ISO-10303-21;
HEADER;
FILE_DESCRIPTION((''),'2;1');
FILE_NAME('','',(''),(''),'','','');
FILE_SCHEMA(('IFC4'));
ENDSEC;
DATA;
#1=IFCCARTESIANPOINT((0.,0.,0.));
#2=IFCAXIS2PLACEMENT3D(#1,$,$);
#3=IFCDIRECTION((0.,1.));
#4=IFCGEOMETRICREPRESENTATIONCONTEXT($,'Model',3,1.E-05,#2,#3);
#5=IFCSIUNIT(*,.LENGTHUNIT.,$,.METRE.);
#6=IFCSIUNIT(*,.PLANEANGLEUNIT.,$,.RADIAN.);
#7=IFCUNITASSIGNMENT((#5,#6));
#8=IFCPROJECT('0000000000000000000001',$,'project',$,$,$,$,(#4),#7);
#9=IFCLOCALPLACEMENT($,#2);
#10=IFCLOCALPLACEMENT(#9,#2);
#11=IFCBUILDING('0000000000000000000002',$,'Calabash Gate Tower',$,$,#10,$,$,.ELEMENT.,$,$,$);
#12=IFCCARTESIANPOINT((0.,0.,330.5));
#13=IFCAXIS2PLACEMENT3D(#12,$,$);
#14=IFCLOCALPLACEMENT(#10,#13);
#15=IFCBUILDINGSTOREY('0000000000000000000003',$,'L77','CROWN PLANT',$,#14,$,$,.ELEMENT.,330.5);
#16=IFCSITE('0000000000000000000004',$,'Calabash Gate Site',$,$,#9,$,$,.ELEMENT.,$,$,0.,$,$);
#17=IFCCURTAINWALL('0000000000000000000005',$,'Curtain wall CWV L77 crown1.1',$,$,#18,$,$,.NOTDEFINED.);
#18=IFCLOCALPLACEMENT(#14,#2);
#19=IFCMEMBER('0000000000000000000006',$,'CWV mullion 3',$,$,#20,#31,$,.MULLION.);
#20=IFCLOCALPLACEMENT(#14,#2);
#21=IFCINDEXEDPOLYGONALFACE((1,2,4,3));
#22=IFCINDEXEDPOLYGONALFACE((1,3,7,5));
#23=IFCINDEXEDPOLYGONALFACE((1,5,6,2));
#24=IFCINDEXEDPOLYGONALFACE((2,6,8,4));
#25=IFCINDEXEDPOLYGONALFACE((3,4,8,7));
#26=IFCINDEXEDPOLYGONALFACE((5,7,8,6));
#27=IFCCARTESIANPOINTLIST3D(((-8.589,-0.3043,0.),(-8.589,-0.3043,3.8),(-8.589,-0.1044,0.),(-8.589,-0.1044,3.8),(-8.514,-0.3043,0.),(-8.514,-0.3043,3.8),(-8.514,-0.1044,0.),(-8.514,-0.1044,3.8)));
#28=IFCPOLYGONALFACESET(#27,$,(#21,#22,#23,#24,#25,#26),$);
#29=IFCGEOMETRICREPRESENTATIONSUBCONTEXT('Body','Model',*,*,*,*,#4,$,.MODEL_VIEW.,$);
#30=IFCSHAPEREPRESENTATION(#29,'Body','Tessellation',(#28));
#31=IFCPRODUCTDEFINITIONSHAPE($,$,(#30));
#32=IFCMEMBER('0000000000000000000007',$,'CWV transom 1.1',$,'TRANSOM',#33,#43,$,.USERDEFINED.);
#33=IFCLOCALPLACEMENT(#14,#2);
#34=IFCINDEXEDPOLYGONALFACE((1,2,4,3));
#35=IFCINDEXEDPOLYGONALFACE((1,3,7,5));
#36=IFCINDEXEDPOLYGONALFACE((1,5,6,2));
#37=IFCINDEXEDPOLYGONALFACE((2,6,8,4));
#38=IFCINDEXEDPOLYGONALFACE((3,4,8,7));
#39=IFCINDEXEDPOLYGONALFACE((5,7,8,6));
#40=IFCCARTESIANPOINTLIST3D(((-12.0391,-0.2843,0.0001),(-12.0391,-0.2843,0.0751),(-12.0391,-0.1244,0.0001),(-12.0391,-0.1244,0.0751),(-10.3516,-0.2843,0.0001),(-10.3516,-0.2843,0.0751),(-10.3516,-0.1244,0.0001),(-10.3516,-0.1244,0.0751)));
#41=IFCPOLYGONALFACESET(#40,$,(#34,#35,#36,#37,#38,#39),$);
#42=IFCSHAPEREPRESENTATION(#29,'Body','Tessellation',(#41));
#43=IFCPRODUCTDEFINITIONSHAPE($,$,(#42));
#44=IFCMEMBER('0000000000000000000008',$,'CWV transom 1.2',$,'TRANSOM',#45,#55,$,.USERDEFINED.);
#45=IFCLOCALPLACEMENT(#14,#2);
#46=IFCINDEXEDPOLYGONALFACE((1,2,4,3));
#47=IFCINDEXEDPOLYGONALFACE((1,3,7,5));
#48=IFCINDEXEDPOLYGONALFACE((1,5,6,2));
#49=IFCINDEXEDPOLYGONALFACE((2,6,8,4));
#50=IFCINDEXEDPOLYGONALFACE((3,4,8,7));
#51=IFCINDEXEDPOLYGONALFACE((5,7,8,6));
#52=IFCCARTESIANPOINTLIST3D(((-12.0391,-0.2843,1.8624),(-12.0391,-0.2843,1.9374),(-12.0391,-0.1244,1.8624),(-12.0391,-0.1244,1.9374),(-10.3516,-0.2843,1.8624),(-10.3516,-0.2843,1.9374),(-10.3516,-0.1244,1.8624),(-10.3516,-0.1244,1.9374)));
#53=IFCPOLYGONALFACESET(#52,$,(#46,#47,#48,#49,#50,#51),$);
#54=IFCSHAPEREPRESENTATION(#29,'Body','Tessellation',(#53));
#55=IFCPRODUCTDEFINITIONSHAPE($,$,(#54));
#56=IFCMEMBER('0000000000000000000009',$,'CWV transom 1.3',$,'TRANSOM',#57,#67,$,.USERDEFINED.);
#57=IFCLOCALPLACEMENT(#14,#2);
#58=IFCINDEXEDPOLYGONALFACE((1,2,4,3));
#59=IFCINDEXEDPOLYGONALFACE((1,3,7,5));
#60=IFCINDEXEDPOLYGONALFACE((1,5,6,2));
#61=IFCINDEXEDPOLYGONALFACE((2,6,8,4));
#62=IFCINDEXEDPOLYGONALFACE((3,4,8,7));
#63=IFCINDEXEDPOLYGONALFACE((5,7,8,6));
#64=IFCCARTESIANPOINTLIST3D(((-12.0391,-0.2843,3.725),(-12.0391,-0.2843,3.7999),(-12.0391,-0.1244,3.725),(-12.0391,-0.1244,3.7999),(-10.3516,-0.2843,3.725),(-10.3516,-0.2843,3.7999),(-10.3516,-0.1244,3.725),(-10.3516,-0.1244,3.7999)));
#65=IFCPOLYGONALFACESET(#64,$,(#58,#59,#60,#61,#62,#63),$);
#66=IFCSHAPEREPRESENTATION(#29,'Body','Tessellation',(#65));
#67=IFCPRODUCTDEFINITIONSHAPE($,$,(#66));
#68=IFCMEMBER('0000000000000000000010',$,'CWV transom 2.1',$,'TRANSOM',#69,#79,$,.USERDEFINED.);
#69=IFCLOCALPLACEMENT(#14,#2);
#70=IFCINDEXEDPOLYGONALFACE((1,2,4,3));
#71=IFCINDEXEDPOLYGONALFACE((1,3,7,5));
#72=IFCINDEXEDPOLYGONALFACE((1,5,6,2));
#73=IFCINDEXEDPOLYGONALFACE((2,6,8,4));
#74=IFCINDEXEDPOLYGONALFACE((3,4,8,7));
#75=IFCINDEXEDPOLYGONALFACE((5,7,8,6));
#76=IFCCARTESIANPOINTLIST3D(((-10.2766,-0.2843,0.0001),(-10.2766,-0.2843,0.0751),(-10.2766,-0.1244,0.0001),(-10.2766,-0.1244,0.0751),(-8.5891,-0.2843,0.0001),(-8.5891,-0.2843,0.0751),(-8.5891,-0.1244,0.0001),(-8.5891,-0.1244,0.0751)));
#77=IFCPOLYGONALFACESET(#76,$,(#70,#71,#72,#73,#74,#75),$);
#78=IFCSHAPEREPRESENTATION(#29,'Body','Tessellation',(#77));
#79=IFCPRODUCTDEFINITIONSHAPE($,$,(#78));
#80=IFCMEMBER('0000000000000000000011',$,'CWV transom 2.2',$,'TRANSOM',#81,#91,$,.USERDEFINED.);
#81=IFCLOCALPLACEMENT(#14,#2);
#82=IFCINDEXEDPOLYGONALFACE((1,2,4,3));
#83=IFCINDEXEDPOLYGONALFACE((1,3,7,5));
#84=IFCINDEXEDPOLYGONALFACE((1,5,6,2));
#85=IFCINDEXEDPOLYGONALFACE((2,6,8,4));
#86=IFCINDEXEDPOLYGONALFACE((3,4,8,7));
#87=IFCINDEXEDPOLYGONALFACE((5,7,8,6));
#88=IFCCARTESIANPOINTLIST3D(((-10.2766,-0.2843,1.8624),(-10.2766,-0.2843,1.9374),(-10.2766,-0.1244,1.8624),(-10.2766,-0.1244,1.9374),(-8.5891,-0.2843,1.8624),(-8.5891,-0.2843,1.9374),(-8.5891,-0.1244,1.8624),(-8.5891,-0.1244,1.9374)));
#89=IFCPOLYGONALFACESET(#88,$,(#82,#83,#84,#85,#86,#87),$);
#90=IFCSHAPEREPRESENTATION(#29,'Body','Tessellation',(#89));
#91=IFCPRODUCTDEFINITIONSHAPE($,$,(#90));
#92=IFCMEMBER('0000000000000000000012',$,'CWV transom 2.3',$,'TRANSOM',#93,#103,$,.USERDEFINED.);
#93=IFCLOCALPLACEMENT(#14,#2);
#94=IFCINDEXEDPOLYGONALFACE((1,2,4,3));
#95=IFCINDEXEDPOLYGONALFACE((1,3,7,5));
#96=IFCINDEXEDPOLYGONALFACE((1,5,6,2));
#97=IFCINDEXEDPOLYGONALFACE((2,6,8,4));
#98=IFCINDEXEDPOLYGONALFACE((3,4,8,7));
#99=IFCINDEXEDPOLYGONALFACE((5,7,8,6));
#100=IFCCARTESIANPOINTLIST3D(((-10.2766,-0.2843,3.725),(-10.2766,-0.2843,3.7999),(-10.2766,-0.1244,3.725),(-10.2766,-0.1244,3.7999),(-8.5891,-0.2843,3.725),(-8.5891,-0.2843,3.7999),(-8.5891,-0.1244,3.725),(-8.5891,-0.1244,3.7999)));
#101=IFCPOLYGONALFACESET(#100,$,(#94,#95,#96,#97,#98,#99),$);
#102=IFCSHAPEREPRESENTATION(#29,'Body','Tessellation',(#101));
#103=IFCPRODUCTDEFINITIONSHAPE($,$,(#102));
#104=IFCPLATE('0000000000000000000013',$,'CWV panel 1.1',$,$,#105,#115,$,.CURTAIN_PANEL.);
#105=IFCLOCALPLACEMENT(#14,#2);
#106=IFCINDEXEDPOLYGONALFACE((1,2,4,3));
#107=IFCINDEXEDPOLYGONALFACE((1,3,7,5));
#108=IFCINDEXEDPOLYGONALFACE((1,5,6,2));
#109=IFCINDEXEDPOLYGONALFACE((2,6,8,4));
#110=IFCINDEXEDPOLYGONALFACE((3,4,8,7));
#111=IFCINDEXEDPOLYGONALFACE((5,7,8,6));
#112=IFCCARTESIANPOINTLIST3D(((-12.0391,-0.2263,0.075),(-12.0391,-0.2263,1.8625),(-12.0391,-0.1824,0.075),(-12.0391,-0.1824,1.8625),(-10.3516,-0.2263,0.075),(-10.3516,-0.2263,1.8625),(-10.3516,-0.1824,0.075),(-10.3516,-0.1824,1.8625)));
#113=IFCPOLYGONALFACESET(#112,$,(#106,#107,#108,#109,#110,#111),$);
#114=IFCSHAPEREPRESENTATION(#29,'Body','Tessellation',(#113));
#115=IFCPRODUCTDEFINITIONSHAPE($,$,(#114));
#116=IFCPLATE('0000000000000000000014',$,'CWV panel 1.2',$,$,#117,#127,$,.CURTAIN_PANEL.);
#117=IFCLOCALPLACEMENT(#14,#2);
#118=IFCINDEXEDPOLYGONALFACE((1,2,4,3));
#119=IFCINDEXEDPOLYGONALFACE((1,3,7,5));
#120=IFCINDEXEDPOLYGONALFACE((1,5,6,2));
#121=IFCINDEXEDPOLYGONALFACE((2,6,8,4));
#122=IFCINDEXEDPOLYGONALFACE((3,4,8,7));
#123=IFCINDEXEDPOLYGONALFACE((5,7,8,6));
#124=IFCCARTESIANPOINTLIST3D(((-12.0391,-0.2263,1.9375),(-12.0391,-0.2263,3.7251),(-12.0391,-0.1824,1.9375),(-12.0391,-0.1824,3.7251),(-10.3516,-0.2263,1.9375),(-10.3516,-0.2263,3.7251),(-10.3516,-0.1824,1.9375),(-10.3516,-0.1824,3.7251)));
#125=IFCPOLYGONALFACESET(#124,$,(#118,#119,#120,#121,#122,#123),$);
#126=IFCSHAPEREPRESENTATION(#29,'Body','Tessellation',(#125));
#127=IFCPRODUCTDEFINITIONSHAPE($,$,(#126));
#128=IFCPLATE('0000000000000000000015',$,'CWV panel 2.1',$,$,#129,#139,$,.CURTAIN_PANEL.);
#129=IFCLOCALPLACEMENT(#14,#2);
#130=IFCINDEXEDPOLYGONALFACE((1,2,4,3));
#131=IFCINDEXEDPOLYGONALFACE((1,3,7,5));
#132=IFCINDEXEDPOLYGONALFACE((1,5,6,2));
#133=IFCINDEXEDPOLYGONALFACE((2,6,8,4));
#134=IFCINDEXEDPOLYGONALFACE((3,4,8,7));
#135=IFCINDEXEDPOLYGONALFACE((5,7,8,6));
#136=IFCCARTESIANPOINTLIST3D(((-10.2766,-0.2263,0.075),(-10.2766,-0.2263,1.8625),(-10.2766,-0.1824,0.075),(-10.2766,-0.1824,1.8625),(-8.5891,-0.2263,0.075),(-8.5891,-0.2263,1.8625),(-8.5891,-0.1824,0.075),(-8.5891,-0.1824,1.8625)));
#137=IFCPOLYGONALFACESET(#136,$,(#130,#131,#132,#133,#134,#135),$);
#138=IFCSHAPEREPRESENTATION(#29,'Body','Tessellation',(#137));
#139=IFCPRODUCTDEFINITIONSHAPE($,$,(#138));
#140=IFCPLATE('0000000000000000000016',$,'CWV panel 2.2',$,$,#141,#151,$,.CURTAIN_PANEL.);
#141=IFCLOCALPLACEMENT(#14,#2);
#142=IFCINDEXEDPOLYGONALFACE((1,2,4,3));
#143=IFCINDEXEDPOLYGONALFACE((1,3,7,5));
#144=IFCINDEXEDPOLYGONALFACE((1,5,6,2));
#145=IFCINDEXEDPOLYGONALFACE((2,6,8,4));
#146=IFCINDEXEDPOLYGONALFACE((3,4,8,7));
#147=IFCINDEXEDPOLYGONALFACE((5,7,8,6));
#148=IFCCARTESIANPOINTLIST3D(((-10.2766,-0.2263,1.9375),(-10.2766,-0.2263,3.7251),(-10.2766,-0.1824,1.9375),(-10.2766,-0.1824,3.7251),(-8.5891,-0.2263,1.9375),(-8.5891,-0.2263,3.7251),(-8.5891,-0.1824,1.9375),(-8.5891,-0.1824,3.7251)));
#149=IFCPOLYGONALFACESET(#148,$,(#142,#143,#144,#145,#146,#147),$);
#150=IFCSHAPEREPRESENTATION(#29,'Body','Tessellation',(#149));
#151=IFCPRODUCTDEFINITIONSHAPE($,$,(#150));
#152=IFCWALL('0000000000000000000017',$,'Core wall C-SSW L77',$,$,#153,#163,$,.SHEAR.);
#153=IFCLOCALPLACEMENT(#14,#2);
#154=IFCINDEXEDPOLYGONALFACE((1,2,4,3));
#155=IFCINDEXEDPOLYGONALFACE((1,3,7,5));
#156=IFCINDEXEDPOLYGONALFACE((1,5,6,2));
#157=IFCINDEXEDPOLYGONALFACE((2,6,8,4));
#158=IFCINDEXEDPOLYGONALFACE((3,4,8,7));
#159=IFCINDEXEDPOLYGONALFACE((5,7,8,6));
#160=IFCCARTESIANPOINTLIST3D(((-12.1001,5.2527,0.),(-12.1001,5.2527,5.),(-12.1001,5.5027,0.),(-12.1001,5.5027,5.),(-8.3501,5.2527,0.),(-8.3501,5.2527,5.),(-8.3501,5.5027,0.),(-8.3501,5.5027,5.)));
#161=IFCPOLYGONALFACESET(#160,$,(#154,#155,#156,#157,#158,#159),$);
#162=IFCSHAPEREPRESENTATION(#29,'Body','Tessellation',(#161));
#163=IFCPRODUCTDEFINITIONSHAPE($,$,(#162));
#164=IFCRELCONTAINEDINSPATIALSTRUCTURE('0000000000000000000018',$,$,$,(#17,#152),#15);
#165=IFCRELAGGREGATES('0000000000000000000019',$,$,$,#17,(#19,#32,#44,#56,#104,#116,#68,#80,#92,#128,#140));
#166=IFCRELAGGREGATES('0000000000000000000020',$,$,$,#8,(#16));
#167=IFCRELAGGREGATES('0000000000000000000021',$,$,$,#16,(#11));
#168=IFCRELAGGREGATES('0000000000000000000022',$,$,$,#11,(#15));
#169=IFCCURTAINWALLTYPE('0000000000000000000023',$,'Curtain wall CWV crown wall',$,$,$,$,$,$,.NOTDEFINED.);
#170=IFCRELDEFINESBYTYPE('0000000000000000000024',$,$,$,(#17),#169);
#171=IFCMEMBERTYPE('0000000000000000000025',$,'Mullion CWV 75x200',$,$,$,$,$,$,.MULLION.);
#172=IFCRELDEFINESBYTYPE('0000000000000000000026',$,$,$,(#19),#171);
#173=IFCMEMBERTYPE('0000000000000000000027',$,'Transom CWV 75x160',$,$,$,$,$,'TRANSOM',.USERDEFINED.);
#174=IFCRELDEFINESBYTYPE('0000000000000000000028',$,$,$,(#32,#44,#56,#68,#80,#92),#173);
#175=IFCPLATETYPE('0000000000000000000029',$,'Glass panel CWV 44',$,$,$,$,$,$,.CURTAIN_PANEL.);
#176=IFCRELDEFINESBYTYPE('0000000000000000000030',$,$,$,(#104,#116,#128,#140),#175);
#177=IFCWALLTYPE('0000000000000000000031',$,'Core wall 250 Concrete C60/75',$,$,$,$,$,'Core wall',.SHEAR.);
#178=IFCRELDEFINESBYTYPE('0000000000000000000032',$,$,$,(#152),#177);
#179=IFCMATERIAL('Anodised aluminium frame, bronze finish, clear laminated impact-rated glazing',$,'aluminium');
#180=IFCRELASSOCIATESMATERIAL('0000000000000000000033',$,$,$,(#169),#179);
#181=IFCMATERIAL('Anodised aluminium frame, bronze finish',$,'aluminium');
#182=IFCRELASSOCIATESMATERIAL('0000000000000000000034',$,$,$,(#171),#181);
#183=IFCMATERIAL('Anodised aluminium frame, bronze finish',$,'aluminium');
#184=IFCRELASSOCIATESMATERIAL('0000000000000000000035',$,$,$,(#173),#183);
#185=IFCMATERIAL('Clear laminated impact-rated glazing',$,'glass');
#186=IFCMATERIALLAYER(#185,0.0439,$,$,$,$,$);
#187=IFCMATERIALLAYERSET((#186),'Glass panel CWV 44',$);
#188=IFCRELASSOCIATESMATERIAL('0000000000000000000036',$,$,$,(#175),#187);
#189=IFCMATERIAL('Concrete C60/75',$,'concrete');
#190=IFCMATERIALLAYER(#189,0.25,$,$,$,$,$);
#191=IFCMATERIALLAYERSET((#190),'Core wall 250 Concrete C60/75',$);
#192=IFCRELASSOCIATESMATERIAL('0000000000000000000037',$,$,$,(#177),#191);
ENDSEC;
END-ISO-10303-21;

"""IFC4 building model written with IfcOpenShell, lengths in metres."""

from ifc_helpers import new_model, si_unit, direction, frame, frame_2d, origin, origin_2d, place, context, subcontext, project, spatial, rectangle, extrude, material, layer, layer_set, material_profile, profile_set, type_object, element, aggregate, save


model = new_model("IFC4")

# Units and contexts
model_context = context("Model", 3, precision=1e-05, world=origin(), true_north=direction((0.0, 1.0)))
body_context = subcontext(model_context, "Body", "Model", "MODEL_VIEW")
ifc_project = project(units=[si_unit("LENGTHUNIT", "METRE"), si_unit("PLANEANGLEUNIT", "RADIAN")], contexts=[model_context])

# Site, building, storey
site_placement = place(None, origin())
site = spatial("IfcSite", under=ifc_project, at=site_placement, Name="Calabash Gate Site", CompositionType="ELEMENT", RefElevation=0.0)
building_placement = place(site_placement, origin())
building = spatial("IfcBuilding", under=site, at=building_placement, Name="Calabash Gate Tower", CompositionType="ELEMENT")
storey_placement = place(building_placement, frame((0.0, 0.0, 330.5)))
storey = spatial("IfcBuildingStorey", under=building, at=storey_placement, Name="L77", Description="CROWN PLANT", CompositionType="ELEMENT", Elevation=330.5)

# Curtain wall, members, plates
ifc_material_1 = material(Name="Anodised aluminium frame, bronze finish, clear laminated impact-rated glazing", Category="aluminium")
curtain_wall_type = type_object("IfcCurtainWallType", Name="Curtain wall CWV crown wall", PredefinedType="NOTDEFINED", material=ifc_material_1)
curtain_wall_placement = place(storey_placement, origin())
curtain_wall = element("IfcCurtainWall", 1, at=curtain_wall_placement, inside=storey, type_object=curtain_wall_type, Name="Curtain wall CWV L77 crown1.1", PredefinedType="NOTDEFINED")
ifc_material_2 = material(Name="Anodised aluminium frame, bronze finish", Category="aluminium")
ifc_material_profile_1 = material_profile(ifc_material_2, rectangle(XDim=0.2, YDim=0.075, at=origin_2d()))
ifc_profile_set_1 = profile_set([ifc_material_profile_1], Name="Anodised aluminium frame, bronze finish")
member_type_1 = type_object("IfcMemberType", Name="Mullion CWV 75x200", PredefinedType="MULLION", material=ifc_profile_set_1)
member_1_placement = place(storey_placement, frame((-8.5515, -0.2043, 0.0), z_axis=(0.0, 0.0, 1.0), x_axis=(0.0, 1.0, 0.0)))
member_1 = element("IfcMember", 2, at=member_1_placement, type_object=member_type_1, Name="CWV mullion 3", PredefinedType="MULLION", context=body_context, shape_type="SweptSolid", body=[
    extrude(rectangle(XDim=0.2, YDim=0.075, at=origin_2d()), origin(), (0.0, 0.0, 1.0), 3.8),
])
ifc_material_3 = material(Name="Anodised aluminium frame, bronze finish", Category="aluminium")
ifc_material_profile_2 = material_profile(ifc_material_3, rectangle(XDim=0.1599, YDim=0.075, at=origin_2d()))
ifc_profile_set_2 = profile_set([ifc_material_profile_2], Name="Anodised aluminium frame, bronze finish")
member_type_2 = type_object("IfcMemberType", Name="Transom CWV 75x160", ElementType="TRANSOM", PredefinedType="USERDEFINED", material=ifc_profile_set_2)
member_2_placement = place(storey_placement, frame((-12.0391, -0.2043, 0.0376), z_axis=(1.0, 0.0, 0.0), x_axis=(0.0, 1.0, 0.0)))
member_2 = element("IfcMember", 3, at=member_2_placement, type_object=member_type_2, Name="CWV transom 1.1", ObjectType="TRANSOM", PredefinedType="USERDEFINED", context=body_context, shape_type="SweptSolid", body=[
    extrude(rectangle(XDim=0.1599, YDim=0.075, at=origin_2d()), origin(), (0.0, 0.0, 1.0), 1.6875),
])
member_3_placement = place(storey_placement, frame((-12.0391, -0.2043, 1.8999), z_axis=(1.0, 0.0, 0.0), x_axis=(0.0, 1.0, 0.0)))
member_3 = element("IfcMember", 4, at=member_3_placement, type_object=member_type_2, Name="CWV transom 1.2", ObjectType="TRANSOM", PredefinedType="USERDEFINED", context=body_context, shape_type="SweptSolid", body=[
    extrude(rectangle(XDim=0.1599, YDim=0.075, at=origin_2d()), origin(), (0.0, 0.0, 1.0), 1.6875),
])
member_4_placement = place(storey_placement, frame((-12.0391, -0.2043, 3.7625), z_axis=(1.0, 0.0, 0.0), x_axis=(0.0, 1.0, 0.0)))
member_4 = element("IfcMember", 5, at=member_4_placement, type_object=member_type_2, Name="CWV transom 1.3", ObjectType="TRANSOM", PredefinedType="USERDEFINED", context=body_context, shape_type="SweptSolid", body=[
    extrude(rectangle(XDim=0.1599, YDim=0.075, at=origin_2d()), origin(), (0.0, 0.0, 1.0), 1.6875),
])
member_5_placement = place(storey_placement, frame((-10.2766, -0.2043, 0.0376), z_axis=(1.0, 0.0, 0.0), x_axis=(0.0, 1.0, 0.0)))
member_5 = element("IfcMember", 6, at=member_5_placement, type_object=member_type_2, Name="CWV transom 2.1", ObjectType="TRANSOM", PredefinedType="USERDEFINED", context=body_context, shape_type="SweptSolid", body=[
    extrude(rectangle(XDim=0.1599, YDim=0.075, at=origin_2d()), origin(), (0.0, 0.0, 1.0), 1.6875),
])
member_6_placement = place(storey_placement, frame((-10.2766, -0.2043, 1.8999), z_axis=(1.0, 0.0, 0.0), x_axis=(0.0, 1.0, 0.0)))
member_6 = element("IfcMember", 7, at=member_6_placement, type_object=member_type_2, Name="CWV transom 2.2", ObjectType="TRANSOM", PredefinedType="USERDEFINED", context=body_context, shape_type="SweptSolid", body=[
    extrude(rectangle(XDim=0.1599, YDim=0.075, at=origin_2d()), origin(), (0.0, 0.0, 1.0), 1.6875),
])
member_7_placement = place(storey_placement, frame((-10.2766, -0.2043, 3.7625), z_axis=(1.0, 0.0, 0.0), x_axis=(0.0, 1.0, 0.0)))
member_7 = element("IfcMember", 8, at=member_7_placement, type_object=member_type_2, Name="CWV transom 2.3", ObjectType="TRANSOM", PredefinedType="USERDEFINED", context=body_context, shape_type="SweptSolid", body=[
    extrude(rectangle(XDim=0.1599, YDim=0.075, at=origin_2d()), origin(), (0.0, 0.0, 1.0), 1.6875),
])
ifc_material_4 = material(Name="Clear laminated impact-rated glazing", Category="glass")
ifc_layer_1 = layer(ifc_material_4, 0.0439)
ifc_layer_set_1 = layer_set([ifc_layer_1], Name="Glass panel CWV 44")
plate_type = type_object("IfcPlateType", Name="Glass panel CWV 44", PredefinedType="CURTAIN_PANEL", material=ifc_layer_set_1)
plate_1_placement = place(storey_placement, frame((-11.1953, -0.2043, 0.075), z_axis=(0.0, 0.0, 1.0), x_axis=(1.0, 0.0, 0.0)))
plate_1 = element("IfcPlate", 9, at=plate_1_placement, type_object=plate_type, Name="CWV panel 1.1", PredefinedType="CURTAIN_PANEL", context=body_context, shape_type="SweptSolid", body=[
    extrude(rectangle(XDim=1.6875, YDim=0.0439, at=origin_2d()), origin(), (0.0, 0.0, 1.0), 1.7876),
])
plate_2_placement = place(storey_placement, frame((-11.1953, -0.2043, 1.9375), z_axis=(0.0, 0.0, 1.0), x_axis=(1.0, 0.0, 0.0)))
plate_2 = element("IfcPlate", 10, at=plate_2_placement, type_object=plate_type, Name="CWV panel 1.2", PredefinedType="CURTAIN_PANEL", context=body_context, shape_type="SweptSolid", body=[
    extrude(rectangle(XDim=1.6875, YDim=0.0439, at=origin_2d()), origin(), (0.0, 0.0, 1.0), 1.7876),
])
plate_3_placement = place(storey_placement, frame((-9.4329, -0.2043, 0.075), z_axis=(0.0, 0.0, 1.0), x_axis=(1.0, 0.0, 0.0)))
plate_3 = element("IfcPlate", 11, at=plate_3_placement, type_object=plate_type, Name="CWV panel 2.1", PredefinedType="CURTAIN_PANEL", context=body_context, shape_type="SweptSolid", body=[
    extrude(rectangle(XDim=1.6875, YDim=0.0439, at=origin_2d()), origin(), (0.0, 0.0, 1.0), 1.7876),
])
plate_4_placement = place(storey_placement, frame((-9.4329, -0.2043, 1.9375), z_axis=(0.0, 0.0, 1.0), x_axis=(1.0, 0.0, 0.0)))
plate_4 = element("IfcPlate", 12, at=plate_4_placement, type_object=plate_type, Name="CWV panel 2.2", PredefinedType="CURTAIN_PANEL", context=body_context, shape_type="SweptSolid", body=[
    extrude(rectangle(XDim=1.6875, YDim=0.0439, at=origin_2d()), origin(), (0.0, 0.0, 1.0), 1.7876),
])
aggregate(curtain_wall, [member_1, member_2, member_3, member_4, plate_1, plate_2, member_5, member_6, member_7, plate_3, plate_4])

# Wall
ifc_material_5 = material(Name="Concrete C60/75", Category="concrete")
ifc_layer_2 = layer(ifc_material_5, 0.25)
ifc_layer_set_2 = layer_set([ifc_layer_2], Name="Core wall 250 Concrete C60/75")
wall_type_1 = type_object("IfcWallType", Name="Core wall 250 Concrete C60/75", ElementType="Core wall", PredefinedType="SHEAR", material=ifc_layer_set_2)
wall_1_placement = place(storey_placement, frame((-12.1001, 5.3777, 0.0), z_axis=(0.0, 0.0, 1.0), x_axis=(1.0, 0.0, 0.0)))
element("IfcWall", 13, at=wall_1_placement, inside=storey, type_object=wall_type_1, Name="Core wall C-SSW L77", PredefinedType="SHEAR", context=body_context, shape_type="SweptSolid", body=[
    extrude(rectangle(XDim=3.75, YDim=0.25, at=frame_2d((1.875, 0.0))), origin(), (0.0, 0.0, 1.0), 5.0),
])

save(model, "model.ifc")
